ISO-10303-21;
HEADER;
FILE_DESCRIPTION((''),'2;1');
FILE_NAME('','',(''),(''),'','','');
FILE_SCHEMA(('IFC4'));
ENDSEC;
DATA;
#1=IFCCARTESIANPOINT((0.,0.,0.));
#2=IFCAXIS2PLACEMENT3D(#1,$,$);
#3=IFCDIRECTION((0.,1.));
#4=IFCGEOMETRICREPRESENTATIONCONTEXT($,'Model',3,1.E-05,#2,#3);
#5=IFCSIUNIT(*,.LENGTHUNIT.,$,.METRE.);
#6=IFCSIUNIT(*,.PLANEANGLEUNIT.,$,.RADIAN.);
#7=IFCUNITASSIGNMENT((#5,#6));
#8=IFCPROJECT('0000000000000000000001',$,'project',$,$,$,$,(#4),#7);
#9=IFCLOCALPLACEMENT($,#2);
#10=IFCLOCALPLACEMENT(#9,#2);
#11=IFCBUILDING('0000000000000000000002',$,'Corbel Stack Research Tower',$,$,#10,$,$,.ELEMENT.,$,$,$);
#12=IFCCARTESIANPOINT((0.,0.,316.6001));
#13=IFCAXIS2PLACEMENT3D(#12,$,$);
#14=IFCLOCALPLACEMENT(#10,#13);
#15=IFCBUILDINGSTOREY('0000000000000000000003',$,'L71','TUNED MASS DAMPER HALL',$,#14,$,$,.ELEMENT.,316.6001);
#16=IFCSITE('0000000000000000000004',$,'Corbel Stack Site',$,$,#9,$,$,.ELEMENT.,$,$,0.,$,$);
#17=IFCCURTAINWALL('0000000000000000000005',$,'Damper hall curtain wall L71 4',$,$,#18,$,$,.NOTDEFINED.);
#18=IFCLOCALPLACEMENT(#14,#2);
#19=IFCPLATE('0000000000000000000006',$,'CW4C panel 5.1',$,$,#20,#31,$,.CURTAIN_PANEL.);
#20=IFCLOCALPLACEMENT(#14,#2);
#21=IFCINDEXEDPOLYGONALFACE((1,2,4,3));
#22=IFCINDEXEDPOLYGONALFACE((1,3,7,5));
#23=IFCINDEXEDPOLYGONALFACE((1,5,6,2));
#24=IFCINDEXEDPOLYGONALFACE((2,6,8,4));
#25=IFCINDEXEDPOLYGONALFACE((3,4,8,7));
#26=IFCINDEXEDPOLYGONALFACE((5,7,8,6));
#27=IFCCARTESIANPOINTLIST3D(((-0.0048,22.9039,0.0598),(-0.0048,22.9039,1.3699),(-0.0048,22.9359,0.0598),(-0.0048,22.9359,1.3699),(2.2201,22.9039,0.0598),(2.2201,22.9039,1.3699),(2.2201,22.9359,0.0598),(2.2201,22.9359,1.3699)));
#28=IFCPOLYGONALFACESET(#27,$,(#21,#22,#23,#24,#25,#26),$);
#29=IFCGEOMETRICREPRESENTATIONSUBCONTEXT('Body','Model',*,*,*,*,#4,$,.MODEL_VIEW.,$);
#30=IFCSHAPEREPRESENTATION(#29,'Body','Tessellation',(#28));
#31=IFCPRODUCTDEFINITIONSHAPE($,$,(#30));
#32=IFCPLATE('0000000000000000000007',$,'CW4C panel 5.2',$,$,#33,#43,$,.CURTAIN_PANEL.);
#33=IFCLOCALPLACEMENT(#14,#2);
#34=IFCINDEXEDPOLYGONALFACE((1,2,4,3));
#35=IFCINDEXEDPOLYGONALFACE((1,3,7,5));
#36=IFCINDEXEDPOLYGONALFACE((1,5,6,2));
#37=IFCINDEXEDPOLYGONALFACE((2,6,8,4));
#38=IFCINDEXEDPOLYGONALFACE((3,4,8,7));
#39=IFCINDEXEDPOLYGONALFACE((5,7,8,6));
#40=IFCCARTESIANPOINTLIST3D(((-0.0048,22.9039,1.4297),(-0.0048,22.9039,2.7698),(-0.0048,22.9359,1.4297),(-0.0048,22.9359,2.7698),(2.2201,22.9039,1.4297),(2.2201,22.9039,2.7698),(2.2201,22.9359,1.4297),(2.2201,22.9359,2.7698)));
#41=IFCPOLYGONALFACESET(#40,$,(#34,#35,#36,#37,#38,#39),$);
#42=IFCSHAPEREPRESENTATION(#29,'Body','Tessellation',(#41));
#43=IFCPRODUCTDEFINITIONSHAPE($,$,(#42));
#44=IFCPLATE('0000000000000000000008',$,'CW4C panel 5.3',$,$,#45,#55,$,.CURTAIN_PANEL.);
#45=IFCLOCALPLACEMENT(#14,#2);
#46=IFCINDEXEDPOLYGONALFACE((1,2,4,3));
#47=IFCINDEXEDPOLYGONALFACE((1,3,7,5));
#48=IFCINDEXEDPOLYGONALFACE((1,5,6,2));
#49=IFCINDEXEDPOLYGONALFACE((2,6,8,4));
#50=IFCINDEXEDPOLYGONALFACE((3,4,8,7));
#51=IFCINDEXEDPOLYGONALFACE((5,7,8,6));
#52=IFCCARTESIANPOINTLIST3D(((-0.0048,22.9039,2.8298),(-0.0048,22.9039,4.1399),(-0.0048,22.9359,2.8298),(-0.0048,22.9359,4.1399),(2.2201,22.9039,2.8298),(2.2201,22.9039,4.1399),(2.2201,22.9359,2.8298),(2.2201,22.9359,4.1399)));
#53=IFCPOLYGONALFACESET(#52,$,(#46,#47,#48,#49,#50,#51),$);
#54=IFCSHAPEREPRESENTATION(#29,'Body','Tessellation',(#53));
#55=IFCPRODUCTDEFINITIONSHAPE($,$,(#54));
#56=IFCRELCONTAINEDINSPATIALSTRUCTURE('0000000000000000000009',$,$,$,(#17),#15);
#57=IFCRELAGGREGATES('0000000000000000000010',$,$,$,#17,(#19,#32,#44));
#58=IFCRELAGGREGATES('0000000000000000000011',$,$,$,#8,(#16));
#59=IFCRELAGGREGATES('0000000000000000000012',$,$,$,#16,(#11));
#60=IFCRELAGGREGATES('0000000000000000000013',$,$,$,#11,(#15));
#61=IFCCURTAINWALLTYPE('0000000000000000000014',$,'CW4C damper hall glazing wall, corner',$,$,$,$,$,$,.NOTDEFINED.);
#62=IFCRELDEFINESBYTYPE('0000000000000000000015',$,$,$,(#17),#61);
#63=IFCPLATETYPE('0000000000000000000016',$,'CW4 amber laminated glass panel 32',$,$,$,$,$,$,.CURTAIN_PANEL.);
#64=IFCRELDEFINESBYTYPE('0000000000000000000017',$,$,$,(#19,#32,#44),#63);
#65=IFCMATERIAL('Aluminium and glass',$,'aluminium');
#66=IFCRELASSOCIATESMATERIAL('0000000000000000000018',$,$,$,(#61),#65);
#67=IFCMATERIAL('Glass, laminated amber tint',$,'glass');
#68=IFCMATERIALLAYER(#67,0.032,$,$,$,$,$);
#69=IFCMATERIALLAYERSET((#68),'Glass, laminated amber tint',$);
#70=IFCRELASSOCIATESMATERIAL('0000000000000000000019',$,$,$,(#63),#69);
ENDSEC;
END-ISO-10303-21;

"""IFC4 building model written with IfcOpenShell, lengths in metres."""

from ifc_helpers import new_model, si_unit, direction, frame, origin, origin_2d, place, context, subcontext, project, spatial, rectangle, extrude, material, layer, layer_set, type_object, element, aggregate, save


model = new_model("IFC4")

# Units and contexts
model_context = context("Model", 3, precision=1e-05, world=origin(), true_north=direction((0.0, 1.0)))
body_context = subcontext(model_context, "Body", "Model", "MODEL_VIEW")
ifc_project = project(units=[si_unit("LENGTHUNIT", "METRE"), si_unit("PLANEANGLEUNIT", "RADIAN")], contexts=[model_context])

# Site, building, storey
site_placement = place(None, origin())
site = spatial("IfcSite", under=ifc_project, at=site_placement, Name="Corbel Stack Site", CompositionType="ELEMENT", RefElevation=0.0)
building_placement = place(site_placement, origin())
building = spatial("IfcBuilding", under=site, at=building_placement, Name="Corbel Stack Research Tower", CompositionType="ELEMENT")
storey_placement = place(building_placement, frame((0.0, 0.0, 316.6001)))
storey = spatial("IfcBuildingStorey", under=building, at=storey_placement, Name="L71", Description="TUNED MASS DAMPER HALL", CompositionType="ELEMENT", Elevation=316.6001)

# Curtain wall
ifc_material_1 = material(Name="Aluminium and glass", Category="aluminium")
curtain_wall_type = type_object("IfcCurtainWallType", Name="CW4C damper hall glazing wall, corner", PredefinedType="NOTDEFINED", material=ifc_material_1)
curtain_wall_1_placement = place(storey_placement, origin())
curtain_wall_1 = element("IfcCurtainWall", 1, at=curtain_wall_1_placement, inside=storey, type_object=curtain_wall_type, Name="Damper hall curtain wall L71 4", PredefinedType="NOTDEFINED")

# Plates
ifc_material_2 = material(Name="Glass, laminated amber tint", Category="glass")
ifc_layer = layer(ifc_material_2, 0.032)
ifc_layer_set = layer_set([ifc_layer], Name="Glass, laminated amber tint")
plate_type = type_object("IfcPlateType", Name="CW4 amber laminated glass panel 32", PredefinedType="CURTAIN_PANEL", material=ifc_layer_set)
plate_1_placement = place(storey_placement, frame((1.1077, 22.9199, 0.0598), z_axis=(0.0, 0.0, 1.0), x_axis=(1.0, 0.0, 0.0)))
plate_1 = element("IfcPlate", 2, at=plate_1_placement, type_object=plate_type, Name="CW4C panel 5.1", PredefinedType="CURTAIN_PANEL", context=body_context, shape_type="SweptSolid", body=[
    extrude(rectangle(XDim=2.2249, YDim=0.032, at=origin_2d()), origin(), (0.0, 0.0, 1.0), 1.3101),
])
plate_2_placement = place(storey_placement, frame((1.1077, 22.9199, 1.4297), z_axis=(0.0, 0.0, 1.0), x_axis=(1.0, 0.0, 0.0)))
plate_2 = element("IfcPlate", 3, at=plate_2_placement, type_object=plate_type, Name="CW4C panel 5.2", PredefinedType="CURTAIN_PANEL", context=body_context, shape_type="SweptSolid", body=[
    extrude(rectangle(XDim=2.2249, YDim=0.032, at=origin_2d()), origin(), (0.0, 0.0, 1.0), 1.3401),
])
plate_3_placement = place(storey_placement, frame((1.1077, 22.9199, 2.8298), z_axis=(0.0, 0.0, 1.0), x_axis=(1.0, 0.0, 0.0)))
plate_3 = element("IfcPlate", 4, at=plate_3_placement, type_object=plate_type, Name="CW4C panel 5.3", PredefinedType="CURTAIN_PANEL", context=body_context, shape_type="SweptSolid", body=[
    extrude(rectangle(XDim=2.2249, YDim=0.032, at=origin_2d()), origin(), (0.0, 0.0, 1.0), 1.3101),
])
aggregate(curtain_wall_1, [plate_1, plate_2, plate_3])

save(model, "model.ifc")
